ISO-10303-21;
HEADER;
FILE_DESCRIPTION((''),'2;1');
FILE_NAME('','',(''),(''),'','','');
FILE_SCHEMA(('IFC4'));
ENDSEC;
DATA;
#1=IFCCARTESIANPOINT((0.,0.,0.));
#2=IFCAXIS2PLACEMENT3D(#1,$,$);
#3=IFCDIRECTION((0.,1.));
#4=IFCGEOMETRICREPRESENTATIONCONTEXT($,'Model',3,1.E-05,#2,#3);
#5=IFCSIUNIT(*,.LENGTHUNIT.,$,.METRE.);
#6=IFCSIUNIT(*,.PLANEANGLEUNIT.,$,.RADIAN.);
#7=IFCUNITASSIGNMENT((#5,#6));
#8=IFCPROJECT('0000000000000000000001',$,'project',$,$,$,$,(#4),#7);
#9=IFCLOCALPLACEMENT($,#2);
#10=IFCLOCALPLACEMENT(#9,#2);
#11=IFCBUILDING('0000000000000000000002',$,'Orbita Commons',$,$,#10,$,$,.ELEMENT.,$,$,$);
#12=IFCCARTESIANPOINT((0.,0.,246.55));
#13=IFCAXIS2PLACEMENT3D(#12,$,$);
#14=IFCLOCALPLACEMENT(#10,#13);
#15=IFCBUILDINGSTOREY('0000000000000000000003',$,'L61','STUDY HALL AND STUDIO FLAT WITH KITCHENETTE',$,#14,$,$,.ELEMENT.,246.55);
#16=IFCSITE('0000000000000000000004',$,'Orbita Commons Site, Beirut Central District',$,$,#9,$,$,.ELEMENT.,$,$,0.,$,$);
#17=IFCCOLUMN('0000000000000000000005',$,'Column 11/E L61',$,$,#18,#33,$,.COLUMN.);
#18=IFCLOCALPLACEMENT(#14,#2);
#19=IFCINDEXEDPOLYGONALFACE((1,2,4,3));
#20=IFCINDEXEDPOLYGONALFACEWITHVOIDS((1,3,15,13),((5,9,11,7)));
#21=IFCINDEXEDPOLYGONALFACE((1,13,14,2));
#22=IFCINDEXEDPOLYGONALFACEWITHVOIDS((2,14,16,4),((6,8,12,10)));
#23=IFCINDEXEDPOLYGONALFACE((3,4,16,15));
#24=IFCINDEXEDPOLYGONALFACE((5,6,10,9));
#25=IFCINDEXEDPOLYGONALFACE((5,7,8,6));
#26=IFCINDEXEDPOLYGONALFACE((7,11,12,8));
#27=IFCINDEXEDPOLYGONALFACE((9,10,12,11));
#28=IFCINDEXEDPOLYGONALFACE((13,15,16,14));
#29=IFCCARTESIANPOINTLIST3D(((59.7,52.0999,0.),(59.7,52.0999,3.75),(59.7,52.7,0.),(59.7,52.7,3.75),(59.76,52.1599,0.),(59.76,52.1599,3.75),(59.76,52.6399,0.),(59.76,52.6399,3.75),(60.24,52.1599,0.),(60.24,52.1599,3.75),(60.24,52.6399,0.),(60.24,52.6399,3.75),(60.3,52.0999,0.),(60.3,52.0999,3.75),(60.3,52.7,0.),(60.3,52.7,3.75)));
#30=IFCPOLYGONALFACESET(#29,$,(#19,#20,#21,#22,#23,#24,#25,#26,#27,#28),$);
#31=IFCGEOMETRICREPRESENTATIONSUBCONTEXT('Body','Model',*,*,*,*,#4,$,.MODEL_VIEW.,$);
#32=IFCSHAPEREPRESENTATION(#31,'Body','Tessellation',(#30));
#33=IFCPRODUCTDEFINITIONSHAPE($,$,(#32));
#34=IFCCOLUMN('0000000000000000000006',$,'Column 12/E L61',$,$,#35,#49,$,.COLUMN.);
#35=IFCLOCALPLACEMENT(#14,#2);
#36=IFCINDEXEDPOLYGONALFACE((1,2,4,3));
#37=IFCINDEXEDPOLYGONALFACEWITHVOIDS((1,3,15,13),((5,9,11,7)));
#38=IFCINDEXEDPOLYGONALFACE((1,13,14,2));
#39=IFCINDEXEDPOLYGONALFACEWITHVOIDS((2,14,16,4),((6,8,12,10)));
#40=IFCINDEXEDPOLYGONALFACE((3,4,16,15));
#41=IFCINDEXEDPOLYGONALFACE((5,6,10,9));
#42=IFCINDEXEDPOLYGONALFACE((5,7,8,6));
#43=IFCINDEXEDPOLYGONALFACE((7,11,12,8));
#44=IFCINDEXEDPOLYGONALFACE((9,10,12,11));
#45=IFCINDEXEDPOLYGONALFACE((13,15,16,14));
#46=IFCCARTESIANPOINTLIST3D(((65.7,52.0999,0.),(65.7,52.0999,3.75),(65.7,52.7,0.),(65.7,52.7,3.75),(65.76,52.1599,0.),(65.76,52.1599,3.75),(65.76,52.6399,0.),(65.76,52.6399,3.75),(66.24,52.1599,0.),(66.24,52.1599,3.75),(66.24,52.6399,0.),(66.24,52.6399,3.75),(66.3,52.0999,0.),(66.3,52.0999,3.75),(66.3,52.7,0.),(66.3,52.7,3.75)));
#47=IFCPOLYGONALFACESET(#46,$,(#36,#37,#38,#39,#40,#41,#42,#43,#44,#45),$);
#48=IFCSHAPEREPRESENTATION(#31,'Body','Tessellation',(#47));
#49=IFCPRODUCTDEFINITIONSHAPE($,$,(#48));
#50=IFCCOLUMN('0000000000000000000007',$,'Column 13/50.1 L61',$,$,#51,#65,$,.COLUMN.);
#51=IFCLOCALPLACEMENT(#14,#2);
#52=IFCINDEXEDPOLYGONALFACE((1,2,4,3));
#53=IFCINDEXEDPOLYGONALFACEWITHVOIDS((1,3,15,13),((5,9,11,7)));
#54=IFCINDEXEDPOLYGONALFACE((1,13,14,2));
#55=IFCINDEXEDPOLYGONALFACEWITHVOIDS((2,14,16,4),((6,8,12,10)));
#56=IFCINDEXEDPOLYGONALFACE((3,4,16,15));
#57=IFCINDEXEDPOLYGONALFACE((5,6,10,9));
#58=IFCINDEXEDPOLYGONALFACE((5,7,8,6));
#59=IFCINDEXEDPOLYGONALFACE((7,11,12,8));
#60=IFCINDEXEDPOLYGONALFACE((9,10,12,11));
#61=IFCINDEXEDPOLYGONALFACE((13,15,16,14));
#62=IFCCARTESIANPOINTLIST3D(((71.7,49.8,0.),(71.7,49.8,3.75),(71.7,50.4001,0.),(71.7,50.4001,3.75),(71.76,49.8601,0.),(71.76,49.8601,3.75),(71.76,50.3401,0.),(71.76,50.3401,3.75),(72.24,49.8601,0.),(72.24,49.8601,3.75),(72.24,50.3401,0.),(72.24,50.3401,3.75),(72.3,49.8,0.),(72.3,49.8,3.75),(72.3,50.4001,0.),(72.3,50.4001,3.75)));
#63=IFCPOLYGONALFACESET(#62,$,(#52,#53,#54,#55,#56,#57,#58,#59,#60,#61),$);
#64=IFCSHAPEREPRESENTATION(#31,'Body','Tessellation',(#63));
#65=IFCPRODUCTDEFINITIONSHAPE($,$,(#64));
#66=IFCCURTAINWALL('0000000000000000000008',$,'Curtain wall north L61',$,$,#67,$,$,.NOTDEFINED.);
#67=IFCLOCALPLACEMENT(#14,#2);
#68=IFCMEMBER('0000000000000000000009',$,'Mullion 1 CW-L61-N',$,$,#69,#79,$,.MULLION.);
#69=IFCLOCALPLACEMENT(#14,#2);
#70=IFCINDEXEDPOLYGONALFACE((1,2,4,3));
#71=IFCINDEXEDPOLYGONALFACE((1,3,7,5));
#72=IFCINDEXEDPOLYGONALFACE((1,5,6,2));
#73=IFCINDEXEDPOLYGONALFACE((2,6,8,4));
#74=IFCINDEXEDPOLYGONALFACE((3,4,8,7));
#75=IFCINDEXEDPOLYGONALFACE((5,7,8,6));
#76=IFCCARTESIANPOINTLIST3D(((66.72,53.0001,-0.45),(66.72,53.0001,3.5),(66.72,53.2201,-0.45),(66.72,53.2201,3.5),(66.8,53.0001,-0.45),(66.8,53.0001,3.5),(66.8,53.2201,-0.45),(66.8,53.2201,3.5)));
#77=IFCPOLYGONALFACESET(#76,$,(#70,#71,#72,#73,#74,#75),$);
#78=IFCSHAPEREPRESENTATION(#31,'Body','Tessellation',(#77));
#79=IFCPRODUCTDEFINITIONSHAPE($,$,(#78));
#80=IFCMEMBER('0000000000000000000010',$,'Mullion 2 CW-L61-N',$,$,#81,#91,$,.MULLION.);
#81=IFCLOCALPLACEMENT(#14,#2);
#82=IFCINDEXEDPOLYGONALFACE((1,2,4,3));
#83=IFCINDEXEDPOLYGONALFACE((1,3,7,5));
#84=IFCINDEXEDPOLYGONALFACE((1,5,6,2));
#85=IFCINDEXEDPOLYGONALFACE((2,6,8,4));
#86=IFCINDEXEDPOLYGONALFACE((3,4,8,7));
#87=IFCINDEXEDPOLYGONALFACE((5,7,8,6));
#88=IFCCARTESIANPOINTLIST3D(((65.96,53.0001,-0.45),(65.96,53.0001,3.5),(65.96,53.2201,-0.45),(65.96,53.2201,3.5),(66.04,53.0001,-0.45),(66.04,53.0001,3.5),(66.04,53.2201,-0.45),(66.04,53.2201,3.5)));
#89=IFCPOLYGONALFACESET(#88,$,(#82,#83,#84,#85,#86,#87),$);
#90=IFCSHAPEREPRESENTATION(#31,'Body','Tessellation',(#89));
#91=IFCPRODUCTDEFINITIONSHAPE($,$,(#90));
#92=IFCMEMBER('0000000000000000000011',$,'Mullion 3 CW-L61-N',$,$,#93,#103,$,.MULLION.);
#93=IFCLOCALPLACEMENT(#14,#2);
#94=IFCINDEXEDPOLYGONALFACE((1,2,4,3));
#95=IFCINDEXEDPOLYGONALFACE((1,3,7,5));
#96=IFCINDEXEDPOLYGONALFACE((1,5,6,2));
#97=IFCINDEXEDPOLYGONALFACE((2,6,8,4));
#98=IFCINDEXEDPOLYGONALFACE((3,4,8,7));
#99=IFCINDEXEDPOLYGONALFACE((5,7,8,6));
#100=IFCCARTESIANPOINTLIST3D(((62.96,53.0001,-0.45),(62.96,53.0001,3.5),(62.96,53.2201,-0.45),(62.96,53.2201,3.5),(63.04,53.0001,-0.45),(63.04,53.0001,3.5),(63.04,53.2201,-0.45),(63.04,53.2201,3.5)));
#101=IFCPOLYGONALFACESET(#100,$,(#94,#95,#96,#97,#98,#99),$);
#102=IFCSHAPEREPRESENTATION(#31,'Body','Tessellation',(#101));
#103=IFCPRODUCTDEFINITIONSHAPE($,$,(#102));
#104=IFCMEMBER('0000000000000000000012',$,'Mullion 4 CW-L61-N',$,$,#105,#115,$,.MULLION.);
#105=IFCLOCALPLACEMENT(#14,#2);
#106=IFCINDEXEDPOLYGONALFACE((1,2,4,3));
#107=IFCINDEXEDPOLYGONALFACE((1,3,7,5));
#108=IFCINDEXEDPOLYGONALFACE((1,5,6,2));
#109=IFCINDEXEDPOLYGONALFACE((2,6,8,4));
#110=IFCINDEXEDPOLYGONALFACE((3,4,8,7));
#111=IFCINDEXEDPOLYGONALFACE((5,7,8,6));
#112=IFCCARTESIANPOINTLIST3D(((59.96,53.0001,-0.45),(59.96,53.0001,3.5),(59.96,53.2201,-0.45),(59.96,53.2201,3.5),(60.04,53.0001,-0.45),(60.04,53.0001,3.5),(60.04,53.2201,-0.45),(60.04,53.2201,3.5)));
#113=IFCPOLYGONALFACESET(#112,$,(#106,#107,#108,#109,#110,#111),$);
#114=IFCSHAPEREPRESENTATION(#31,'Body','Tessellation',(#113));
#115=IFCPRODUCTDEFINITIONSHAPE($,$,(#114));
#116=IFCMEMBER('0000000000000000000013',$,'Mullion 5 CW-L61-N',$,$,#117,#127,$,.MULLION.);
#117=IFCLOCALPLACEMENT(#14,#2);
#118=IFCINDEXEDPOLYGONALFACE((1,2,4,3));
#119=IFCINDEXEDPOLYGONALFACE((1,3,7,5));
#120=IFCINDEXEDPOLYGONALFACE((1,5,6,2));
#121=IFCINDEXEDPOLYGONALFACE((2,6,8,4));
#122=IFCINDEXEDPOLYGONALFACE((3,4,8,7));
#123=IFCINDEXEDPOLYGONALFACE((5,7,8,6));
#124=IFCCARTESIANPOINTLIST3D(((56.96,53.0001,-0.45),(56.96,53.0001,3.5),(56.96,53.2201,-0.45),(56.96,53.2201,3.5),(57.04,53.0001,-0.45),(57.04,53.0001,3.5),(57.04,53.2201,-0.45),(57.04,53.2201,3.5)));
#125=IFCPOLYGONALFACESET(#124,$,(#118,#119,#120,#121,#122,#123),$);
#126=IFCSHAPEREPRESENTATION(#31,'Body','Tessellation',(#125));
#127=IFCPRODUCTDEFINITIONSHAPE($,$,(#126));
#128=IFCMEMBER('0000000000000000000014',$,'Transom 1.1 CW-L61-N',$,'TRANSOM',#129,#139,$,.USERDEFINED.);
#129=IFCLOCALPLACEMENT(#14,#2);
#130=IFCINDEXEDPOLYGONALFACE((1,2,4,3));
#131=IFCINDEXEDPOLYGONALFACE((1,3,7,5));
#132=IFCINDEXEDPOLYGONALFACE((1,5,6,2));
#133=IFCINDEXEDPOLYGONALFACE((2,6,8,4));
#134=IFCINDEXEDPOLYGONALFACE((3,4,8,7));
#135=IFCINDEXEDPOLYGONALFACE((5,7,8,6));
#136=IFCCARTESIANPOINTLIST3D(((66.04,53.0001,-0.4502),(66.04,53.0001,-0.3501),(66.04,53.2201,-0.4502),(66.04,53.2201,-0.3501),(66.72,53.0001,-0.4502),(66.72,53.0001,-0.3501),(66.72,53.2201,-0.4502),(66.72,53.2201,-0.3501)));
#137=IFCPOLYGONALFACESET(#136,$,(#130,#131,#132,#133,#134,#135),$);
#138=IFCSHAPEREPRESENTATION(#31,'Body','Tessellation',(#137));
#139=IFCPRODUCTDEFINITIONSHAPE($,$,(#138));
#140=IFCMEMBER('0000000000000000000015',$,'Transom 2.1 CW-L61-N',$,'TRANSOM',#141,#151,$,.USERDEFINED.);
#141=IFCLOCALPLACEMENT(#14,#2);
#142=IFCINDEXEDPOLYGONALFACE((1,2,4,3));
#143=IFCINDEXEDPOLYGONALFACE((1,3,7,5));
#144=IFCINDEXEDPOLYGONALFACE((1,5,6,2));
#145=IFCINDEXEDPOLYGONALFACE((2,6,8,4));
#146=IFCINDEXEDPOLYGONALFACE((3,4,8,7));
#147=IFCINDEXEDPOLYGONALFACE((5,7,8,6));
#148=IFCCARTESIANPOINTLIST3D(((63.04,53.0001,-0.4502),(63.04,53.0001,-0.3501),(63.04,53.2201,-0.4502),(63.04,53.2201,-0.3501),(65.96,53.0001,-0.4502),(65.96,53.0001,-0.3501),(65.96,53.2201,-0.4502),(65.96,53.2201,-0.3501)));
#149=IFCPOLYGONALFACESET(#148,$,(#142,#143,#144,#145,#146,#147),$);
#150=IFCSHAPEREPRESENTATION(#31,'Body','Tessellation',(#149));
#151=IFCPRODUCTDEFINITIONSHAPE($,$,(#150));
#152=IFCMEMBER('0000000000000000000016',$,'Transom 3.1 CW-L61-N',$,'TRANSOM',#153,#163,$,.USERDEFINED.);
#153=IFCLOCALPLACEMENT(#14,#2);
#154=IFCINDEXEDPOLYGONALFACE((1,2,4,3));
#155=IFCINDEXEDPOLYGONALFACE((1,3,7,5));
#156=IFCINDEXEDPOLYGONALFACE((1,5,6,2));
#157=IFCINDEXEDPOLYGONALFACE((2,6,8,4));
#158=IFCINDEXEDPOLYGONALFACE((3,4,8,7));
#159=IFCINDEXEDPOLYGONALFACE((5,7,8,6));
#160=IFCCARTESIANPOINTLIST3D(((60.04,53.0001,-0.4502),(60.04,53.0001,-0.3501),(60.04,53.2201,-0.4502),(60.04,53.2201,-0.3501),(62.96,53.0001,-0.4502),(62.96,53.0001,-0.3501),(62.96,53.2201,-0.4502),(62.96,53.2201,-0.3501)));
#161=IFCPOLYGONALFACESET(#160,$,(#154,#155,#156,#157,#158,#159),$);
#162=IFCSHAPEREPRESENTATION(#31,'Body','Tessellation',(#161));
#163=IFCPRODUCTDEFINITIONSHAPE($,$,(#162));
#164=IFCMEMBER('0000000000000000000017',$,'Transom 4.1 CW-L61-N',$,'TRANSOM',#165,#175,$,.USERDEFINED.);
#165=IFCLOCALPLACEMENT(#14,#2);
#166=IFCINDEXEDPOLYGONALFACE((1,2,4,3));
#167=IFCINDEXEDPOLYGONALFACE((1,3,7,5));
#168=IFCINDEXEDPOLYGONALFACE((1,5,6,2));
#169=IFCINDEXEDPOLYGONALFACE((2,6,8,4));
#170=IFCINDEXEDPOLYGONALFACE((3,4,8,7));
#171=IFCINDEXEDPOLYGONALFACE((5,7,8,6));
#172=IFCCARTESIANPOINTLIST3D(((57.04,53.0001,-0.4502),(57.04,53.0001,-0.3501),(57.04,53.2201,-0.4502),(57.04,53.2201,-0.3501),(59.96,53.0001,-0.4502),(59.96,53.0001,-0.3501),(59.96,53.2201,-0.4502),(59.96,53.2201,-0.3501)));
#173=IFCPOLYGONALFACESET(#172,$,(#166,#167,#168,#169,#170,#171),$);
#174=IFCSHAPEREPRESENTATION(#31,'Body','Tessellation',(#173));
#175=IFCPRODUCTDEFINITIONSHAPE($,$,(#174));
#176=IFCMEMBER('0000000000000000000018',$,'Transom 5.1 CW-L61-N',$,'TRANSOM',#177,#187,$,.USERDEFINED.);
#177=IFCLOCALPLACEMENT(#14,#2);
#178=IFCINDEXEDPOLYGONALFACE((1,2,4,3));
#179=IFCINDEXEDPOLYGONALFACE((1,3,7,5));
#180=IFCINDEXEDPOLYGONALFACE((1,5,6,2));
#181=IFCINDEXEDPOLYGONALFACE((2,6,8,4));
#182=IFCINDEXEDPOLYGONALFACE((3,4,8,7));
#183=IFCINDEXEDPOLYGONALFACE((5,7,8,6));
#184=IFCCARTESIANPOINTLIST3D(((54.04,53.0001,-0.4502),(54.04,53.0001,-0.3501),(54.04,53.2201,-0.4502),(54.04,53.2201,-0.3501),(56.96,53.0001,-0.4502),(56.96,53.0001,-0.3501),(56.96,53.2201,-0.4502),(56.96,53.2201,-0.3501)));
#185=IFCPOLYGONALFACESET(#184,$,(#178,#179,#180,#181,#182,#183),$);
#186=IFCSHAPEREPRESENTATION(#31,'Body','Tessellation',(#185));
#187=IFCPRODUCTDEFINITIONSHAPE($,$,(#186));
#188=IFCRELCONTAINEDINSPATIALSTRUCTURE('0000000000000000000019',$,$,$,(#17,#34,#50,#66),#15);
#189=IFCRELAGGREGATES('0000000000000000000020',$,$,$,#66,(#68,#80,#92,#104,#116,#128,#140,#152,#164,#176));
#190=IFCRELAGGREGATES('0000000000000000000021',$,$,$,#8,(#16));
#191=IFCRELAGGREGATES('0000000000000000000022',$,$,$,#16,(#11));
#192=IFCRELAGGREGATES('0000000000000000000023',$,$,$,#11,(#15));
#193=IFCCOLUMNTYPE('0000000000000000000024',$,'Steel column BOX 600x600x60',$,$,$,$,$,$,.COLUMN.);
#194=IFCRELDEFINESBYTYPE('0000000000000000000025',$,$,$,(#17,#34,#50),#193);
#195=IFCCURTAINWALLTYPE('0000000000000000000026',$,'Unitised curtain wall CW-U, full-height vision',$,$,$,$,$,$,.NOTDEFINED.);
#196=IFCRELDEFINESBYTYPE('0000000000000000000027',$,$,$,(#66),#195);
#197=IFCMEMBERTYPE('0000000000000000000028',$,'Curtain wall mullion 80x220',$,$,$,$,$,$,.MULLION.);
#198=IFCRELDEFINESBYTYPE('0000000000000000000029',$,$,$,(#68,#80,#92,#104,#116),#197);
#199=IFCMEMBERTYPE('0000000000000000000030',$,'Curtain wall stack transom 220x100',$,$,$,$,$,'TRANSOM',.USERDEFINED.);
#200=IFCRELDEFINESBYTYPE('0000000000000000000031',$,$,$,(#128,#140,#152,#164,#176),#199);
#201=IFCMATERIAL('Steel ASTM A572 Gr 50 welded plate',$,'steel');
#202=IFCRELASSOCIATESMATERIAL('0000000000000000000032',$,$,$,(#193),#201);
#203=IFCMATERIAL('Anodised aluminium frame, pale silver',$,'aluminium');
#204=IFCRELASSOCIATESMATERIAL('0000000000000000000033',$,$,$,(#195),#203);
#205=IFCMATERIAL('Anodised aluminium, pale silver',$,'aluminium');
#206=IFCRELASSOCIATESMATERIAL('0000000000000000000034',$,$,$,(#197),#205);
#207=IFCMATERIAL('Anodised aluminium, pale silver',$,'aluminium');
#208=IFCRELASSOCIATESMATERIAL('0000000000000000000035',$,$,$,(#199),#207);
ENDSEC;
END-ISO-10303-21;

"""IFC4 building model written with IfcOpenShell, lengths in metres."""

from ifc_helpers import new_model, si_unit, direction, frame, origin, origin_2d, place, context, subcontext, project, spatial, rectangle, hollow_rectangle, extrude, material, material_profile, profile_set, type_object, element, aggregate, save


model = new_model("IFC4")

# Units and contexts
model_context = context("Model", 3, precision=1e-05, world=origin(), true_north=direction((0.0, 1.0)))
body_context = subcontext(model_context, "Body", "Model", "MODEL_VIEW")
ifc_project = project(units=[si_unit("LENGTHUNIT", "METRE"), si_unit("PLANEANGLEUNIT", "RADIAN")], contexts=[model_context])

# Site, building, storey
site_placement = place(None, origin())
site = spatial("IfcSite", under=ifc_project, at=site_placement, Name="Orbita Commons Site, Beirut Central District", CompositionType="ELEMENT", RefElevation=0.0)
building_placement = place(site_placement, origin())
building = spatial("IfcBuilding", under=site, at=building_placement, Name="Orbita Commons", CompositionType="ELEMENT")
storey_placement = place(building_placement, frame((0.0, 0.0, 246.55)))
storey = spatial("IfcBuildingStorey", under=building, at=storey_placement, Name="L61", Description="STUDY HALL AND STUDIO FLAT WITH KITCHENETTE", CompositionType="ELEMENT", Elevation=246.55)

# Columns
ifc_material_1 = material(Name="Steel ASTM A572 Gr 50 welded plate", Category="steel")
ifc_material_profile_1 = material_profile(ifc_material_1, hollow_rectangle(XDim=0.6001, YDim=0.6001, WallThickness=0.0601, at=origin_2d()), Name="BOX 600x600x60")
ifc_profile_set_1 = profile_set([ifc_material_profile_1], Name="Steel ASTM A572 Gr 50 welded plate")
column_type = type_object("IfcColumnType", Name="Steel column BOX 600x600x60", PredefinedType="COLUMN", material=ifc_profile_set_1)
for number, where, z_axis, x_axis, name in (
    (1, (60.0, 52.3999, 0.0), (0.0, 0.0, 1.0), (1.0, 0.0, 0.0), "Column 11/E L61"),
    (2, (66.0, 52.3999, 0.0), (0.0, 0.0, 1.0), (1.0, 0.0, 0.0), "Column 12/E L61"),
    (3, (72.0, 50.1001, 0.0), (0.0, 0.0, 1.0), (1.0, 0.0, 0.0), "Column 13/50.1 L61"),
):
    element("IfcColumn", number, at=place(storey_placement, frame(where, z_axis=z_axis, x_axis=x_axis)), inside=storey, type_object=column_type, Name=name, PredefinedType="COLUMN", context=body_context, shape_type="SweptSolid", body=[
        extrude(hollow_rectangle(XDim=0.6001, YDim=0.6001, WallThickness=0.0601, at=origin_2d()), origin(), (0.0, 0.0, 1.0), 3.75),
    ])

# Curtain wall, members
ifc_material_2 = material(Name="Anodised aluminium frame, pale silver", Category="aluminium")
curtain_wall_type = type_object("IfcCurtainWallType", Name="Unitised curtain wall CW-U, full-height vision", PredefinedType="NOTDEFINED", material=ifc_material_2)
curtain_wall_placement = place(storey_placement, origin())
curtain_wall = element("IfcCurtainWall", 4, at=curtain_wall_placement, inside=storey, type_object=curtain_wall_type, Name="Curtain wall north L61", PredefinedType="NOTDEFINED")
ifc_material_3 = material(Name="Anodised aluminium, pale silver", Category="aluminium")
ifc_material_profile_2 = material_profile(ifc_material_3, rectangle(XDim=0.0801, YDim=0.22, at=origin_2d()), Name="AL 80x220")
ifc_profile_set_2 = profile_set([ifc_material_profile_2], Name="Anodised aluminium, pale silver")
member_type_1 = type_object("IfcMemberType", Name="Curtain wall mullion 80x220", PredefinedType="MULLION", material=ifc_profile_set_2)
member_1_placement = place(storey_placement, frame((66.76, 53.1101, -0.45), z_axis=(0.0, 0.0, 1.0), x_axis=(-1.0, 0.0, 0.0)))
member_1 = element("IfcMember", 5, at=member_1_placement, type_object=member_type_1, Name="Mullion 1 CW-L61-N", PredefinedType="MULLION", context=body_context, shape_type="SweptSolid", body=[
    extrude(rectangle(XDim=0.0801, YDim=0.22, at=origin_2d()), origin(), (0.0, 0.0, 1.0), 3.95),
])
member_2_placement = place(storey_placement, frame((66.0, 53.1101, -0.45), z_axis=(0.0, 0.0, 1.0), x_axis=(-1.0, 0.0, 0.0)))
member_2 = element("IfcMember", 6, at=member_2_placement, type_object=member_type_1, Name="Mullion 2 CW-L61-N", PredefinedType="MULLION", context=body_context, shape_type="SweptSolid", body=[
    extrude(rectangle(XDim=0.0801, YDim=0.22, at=origin_2d()), origin(), (0.0, 0.0, 1.0), 3.95),
])
member_3_placement = place(storey_placement, frame((63.0, 53.1101, -0.45), z_axis=(0.0, 0.0, 1.0), x_axis=(-1.0, 0.0, 0.0)))
member_3 = element("IfcMember", 7, at=member_3_placement, type_object=member_type_1, Name="Mullion 3 CW-L61-N", PredefinedType="MULLION", context=body_context, shape_type="SweptSolid", body=[
    extrude(rectangle(XDim=0.0801, YDim=0.22, at=origin_2d()), origin(), (0.0, 0.0, 1.0), 3.95),
])
member_4_placement = place(storey_placement, frame((60.0, 53.1101, -0.45), z_axis=(0.0, 0.0, 1.0), x_axis=(-1.0, 0.0, 0.0)))
member_4 = element("IfcMember", 8, at=member_4_placement, type_object=member_type_1, Name="Mullion 4 CW-L61-N", PredefinedType="MULLION", context=body_context, shape_type="SweptSolid", body=[
    extrude(rectangle(XDim=0.0801, YDim=0.22, at=origin_2d()), origin(), (0.0, 0.0, 1.0), 3.95),
])
member_5_placement = place(storey_placement, frame((57.0, 53.1101, -0.45), z_axis=(0.0, 0.0, 1.0), x_axis=(-1.0, 0.0, 0.0)))
member_5 = element("IfcMember", 9, at=member_5_placement, type_object=member_type_1, Name="Mullion 5 CW-L61-N", PredefinedType="MULLION", context=body_context, shape_type="SweptSolid", body=[
    extrude(rectangle(XDim=0.0801, YDim=0.22, at=origin_2d()), origin(), (0.0, 0.0, 1.0), 3.95),
])
ifc_material_4 = material(Name="Anodised aluminium, pale silver", Category="aluminium")
ifc_material_profile_3 = material_profile(ifc_material_4, rectangle(XDim=0.22, YDim=0.1001, at=origin_2d()), Name="AL 220x100")
ifc_profile_set_3 = profile_set([ifc_material_profile_3], Name="Anodised aluminium, pale silver")
member_type_2 = type_object("IfcMemberType", Name="Curtain wall stack transom 220x100", ElementType="TRANSOM", PredefinedType="USERDEFINED", material=ifc_profile_set_3)
member_6_placement = place(storey_placement, frame((66.72, 53.1101, -0.4001), z_axis=(-1.0, 0.0, 0.0), x_axis=(0.0, -1.0, 0.0)))
member_6 = element("IfcMember", 10, at=member_6_placement, type_object=member_type_2, Name="Transom 1.1 CW-L61-N", ObjectType="TRANSOM", PredefinedType="USERDEFINED", context=body_context, shape_type="SweptSolid", body=[
    extrude(rectangle(XDim=0.22, YDim=0.1001, at=origin_2d()), origin(), (0.0, 0.0, 1.0), 0.6799),
])
member_7_placement = place(storey_placement, frame((65.96, 53.1101, -0.4001), z_axis=(-1.0, 0.0, 0.0), x_axis=(0.0, -1.0, 0.0)))
member_7 = element("IfcMember", 11, at=member_7_placement, type_object=member_type_2, Name="Transom 2.1 CW-L61-N", ObjectType="TRANSOM", PredefinedType="USERDEFINED", context=body_context, shape_type="SweptSolid", body=[
    extrude(rectangle(XDim=0.22, YDim=0.1001, at=origin_2d()), origin(), (0.0, 0.0, 1.0), 2.9199),
])
member_8_placement = place(storey_placement, frame((62.96, 53.1101, -0.4001), z_axis=(-1.0, 0.0, 0.0), x_axis=(0.0, -1.0, 0.0)))
member_8 = element("IfcMember", 12, at=member_8_placement, type_object=member_type_2, Name="Transom 3.1 CW-L61-N", ObjectType="TRANSOM", PredefinedType="USERDEFINED", context=body_context, shape_type="SweptSolid", body=[
    extrude(rectangle(XDim=0.22, YDim=0.1001, at=origin_2d()), origin(), (0.0, 0.0, 1.0), 2.9199),
])
member_9_placement = place(storey_placement, frame((59.96, 53.1101, -0.4001), z_axis=(-1.0, 0.0, 0.0), x_axis=(0.0, -1.0, 0.0)))
member_9 = element("IfcMember", 13, at=member_9_placement, type_object=member_type_2, Name="Transom 4.1 CW-L61-N", ObjectType="TRANSOM", PredefinedType="USERDEFINED", context=body_context, shape_type="SweptSolid", body=[
    extrude(rectangle(XDim=0.22, YDim=0.1001, at=origin_2d()), origin(), (0.0, 0.0, 1.0), 2.9199),
])
member_10_placement = place(storey_placement, frame((56.96, 53.1101, -0.4001), z_axis=(-1.0, 0.0, 0.0), x_axis=(0.0, -1.0, 0.0)))
member_10 = element("IfcMember", 14, at=member_10_placement, type_object=member_type_2, Name="Transom 5.1 CW-L61-N", ObjectType="TRANSOM", PredefinedType="USERDEFINED", context=body_context, shape_type="SweptSolid", body=[
    extrude(rectangle(XDim=0.22, YDim=0.1001, at=origin_2d()), origin(), (0.0, 0.0, 1.0), 2.9199),
])

aggregate(curtain_wall, [member_1, member_2, member_3, member_4, member_5, member_6, member_7, member_8, member_9, member_10])

save(model, "model.ifc")
